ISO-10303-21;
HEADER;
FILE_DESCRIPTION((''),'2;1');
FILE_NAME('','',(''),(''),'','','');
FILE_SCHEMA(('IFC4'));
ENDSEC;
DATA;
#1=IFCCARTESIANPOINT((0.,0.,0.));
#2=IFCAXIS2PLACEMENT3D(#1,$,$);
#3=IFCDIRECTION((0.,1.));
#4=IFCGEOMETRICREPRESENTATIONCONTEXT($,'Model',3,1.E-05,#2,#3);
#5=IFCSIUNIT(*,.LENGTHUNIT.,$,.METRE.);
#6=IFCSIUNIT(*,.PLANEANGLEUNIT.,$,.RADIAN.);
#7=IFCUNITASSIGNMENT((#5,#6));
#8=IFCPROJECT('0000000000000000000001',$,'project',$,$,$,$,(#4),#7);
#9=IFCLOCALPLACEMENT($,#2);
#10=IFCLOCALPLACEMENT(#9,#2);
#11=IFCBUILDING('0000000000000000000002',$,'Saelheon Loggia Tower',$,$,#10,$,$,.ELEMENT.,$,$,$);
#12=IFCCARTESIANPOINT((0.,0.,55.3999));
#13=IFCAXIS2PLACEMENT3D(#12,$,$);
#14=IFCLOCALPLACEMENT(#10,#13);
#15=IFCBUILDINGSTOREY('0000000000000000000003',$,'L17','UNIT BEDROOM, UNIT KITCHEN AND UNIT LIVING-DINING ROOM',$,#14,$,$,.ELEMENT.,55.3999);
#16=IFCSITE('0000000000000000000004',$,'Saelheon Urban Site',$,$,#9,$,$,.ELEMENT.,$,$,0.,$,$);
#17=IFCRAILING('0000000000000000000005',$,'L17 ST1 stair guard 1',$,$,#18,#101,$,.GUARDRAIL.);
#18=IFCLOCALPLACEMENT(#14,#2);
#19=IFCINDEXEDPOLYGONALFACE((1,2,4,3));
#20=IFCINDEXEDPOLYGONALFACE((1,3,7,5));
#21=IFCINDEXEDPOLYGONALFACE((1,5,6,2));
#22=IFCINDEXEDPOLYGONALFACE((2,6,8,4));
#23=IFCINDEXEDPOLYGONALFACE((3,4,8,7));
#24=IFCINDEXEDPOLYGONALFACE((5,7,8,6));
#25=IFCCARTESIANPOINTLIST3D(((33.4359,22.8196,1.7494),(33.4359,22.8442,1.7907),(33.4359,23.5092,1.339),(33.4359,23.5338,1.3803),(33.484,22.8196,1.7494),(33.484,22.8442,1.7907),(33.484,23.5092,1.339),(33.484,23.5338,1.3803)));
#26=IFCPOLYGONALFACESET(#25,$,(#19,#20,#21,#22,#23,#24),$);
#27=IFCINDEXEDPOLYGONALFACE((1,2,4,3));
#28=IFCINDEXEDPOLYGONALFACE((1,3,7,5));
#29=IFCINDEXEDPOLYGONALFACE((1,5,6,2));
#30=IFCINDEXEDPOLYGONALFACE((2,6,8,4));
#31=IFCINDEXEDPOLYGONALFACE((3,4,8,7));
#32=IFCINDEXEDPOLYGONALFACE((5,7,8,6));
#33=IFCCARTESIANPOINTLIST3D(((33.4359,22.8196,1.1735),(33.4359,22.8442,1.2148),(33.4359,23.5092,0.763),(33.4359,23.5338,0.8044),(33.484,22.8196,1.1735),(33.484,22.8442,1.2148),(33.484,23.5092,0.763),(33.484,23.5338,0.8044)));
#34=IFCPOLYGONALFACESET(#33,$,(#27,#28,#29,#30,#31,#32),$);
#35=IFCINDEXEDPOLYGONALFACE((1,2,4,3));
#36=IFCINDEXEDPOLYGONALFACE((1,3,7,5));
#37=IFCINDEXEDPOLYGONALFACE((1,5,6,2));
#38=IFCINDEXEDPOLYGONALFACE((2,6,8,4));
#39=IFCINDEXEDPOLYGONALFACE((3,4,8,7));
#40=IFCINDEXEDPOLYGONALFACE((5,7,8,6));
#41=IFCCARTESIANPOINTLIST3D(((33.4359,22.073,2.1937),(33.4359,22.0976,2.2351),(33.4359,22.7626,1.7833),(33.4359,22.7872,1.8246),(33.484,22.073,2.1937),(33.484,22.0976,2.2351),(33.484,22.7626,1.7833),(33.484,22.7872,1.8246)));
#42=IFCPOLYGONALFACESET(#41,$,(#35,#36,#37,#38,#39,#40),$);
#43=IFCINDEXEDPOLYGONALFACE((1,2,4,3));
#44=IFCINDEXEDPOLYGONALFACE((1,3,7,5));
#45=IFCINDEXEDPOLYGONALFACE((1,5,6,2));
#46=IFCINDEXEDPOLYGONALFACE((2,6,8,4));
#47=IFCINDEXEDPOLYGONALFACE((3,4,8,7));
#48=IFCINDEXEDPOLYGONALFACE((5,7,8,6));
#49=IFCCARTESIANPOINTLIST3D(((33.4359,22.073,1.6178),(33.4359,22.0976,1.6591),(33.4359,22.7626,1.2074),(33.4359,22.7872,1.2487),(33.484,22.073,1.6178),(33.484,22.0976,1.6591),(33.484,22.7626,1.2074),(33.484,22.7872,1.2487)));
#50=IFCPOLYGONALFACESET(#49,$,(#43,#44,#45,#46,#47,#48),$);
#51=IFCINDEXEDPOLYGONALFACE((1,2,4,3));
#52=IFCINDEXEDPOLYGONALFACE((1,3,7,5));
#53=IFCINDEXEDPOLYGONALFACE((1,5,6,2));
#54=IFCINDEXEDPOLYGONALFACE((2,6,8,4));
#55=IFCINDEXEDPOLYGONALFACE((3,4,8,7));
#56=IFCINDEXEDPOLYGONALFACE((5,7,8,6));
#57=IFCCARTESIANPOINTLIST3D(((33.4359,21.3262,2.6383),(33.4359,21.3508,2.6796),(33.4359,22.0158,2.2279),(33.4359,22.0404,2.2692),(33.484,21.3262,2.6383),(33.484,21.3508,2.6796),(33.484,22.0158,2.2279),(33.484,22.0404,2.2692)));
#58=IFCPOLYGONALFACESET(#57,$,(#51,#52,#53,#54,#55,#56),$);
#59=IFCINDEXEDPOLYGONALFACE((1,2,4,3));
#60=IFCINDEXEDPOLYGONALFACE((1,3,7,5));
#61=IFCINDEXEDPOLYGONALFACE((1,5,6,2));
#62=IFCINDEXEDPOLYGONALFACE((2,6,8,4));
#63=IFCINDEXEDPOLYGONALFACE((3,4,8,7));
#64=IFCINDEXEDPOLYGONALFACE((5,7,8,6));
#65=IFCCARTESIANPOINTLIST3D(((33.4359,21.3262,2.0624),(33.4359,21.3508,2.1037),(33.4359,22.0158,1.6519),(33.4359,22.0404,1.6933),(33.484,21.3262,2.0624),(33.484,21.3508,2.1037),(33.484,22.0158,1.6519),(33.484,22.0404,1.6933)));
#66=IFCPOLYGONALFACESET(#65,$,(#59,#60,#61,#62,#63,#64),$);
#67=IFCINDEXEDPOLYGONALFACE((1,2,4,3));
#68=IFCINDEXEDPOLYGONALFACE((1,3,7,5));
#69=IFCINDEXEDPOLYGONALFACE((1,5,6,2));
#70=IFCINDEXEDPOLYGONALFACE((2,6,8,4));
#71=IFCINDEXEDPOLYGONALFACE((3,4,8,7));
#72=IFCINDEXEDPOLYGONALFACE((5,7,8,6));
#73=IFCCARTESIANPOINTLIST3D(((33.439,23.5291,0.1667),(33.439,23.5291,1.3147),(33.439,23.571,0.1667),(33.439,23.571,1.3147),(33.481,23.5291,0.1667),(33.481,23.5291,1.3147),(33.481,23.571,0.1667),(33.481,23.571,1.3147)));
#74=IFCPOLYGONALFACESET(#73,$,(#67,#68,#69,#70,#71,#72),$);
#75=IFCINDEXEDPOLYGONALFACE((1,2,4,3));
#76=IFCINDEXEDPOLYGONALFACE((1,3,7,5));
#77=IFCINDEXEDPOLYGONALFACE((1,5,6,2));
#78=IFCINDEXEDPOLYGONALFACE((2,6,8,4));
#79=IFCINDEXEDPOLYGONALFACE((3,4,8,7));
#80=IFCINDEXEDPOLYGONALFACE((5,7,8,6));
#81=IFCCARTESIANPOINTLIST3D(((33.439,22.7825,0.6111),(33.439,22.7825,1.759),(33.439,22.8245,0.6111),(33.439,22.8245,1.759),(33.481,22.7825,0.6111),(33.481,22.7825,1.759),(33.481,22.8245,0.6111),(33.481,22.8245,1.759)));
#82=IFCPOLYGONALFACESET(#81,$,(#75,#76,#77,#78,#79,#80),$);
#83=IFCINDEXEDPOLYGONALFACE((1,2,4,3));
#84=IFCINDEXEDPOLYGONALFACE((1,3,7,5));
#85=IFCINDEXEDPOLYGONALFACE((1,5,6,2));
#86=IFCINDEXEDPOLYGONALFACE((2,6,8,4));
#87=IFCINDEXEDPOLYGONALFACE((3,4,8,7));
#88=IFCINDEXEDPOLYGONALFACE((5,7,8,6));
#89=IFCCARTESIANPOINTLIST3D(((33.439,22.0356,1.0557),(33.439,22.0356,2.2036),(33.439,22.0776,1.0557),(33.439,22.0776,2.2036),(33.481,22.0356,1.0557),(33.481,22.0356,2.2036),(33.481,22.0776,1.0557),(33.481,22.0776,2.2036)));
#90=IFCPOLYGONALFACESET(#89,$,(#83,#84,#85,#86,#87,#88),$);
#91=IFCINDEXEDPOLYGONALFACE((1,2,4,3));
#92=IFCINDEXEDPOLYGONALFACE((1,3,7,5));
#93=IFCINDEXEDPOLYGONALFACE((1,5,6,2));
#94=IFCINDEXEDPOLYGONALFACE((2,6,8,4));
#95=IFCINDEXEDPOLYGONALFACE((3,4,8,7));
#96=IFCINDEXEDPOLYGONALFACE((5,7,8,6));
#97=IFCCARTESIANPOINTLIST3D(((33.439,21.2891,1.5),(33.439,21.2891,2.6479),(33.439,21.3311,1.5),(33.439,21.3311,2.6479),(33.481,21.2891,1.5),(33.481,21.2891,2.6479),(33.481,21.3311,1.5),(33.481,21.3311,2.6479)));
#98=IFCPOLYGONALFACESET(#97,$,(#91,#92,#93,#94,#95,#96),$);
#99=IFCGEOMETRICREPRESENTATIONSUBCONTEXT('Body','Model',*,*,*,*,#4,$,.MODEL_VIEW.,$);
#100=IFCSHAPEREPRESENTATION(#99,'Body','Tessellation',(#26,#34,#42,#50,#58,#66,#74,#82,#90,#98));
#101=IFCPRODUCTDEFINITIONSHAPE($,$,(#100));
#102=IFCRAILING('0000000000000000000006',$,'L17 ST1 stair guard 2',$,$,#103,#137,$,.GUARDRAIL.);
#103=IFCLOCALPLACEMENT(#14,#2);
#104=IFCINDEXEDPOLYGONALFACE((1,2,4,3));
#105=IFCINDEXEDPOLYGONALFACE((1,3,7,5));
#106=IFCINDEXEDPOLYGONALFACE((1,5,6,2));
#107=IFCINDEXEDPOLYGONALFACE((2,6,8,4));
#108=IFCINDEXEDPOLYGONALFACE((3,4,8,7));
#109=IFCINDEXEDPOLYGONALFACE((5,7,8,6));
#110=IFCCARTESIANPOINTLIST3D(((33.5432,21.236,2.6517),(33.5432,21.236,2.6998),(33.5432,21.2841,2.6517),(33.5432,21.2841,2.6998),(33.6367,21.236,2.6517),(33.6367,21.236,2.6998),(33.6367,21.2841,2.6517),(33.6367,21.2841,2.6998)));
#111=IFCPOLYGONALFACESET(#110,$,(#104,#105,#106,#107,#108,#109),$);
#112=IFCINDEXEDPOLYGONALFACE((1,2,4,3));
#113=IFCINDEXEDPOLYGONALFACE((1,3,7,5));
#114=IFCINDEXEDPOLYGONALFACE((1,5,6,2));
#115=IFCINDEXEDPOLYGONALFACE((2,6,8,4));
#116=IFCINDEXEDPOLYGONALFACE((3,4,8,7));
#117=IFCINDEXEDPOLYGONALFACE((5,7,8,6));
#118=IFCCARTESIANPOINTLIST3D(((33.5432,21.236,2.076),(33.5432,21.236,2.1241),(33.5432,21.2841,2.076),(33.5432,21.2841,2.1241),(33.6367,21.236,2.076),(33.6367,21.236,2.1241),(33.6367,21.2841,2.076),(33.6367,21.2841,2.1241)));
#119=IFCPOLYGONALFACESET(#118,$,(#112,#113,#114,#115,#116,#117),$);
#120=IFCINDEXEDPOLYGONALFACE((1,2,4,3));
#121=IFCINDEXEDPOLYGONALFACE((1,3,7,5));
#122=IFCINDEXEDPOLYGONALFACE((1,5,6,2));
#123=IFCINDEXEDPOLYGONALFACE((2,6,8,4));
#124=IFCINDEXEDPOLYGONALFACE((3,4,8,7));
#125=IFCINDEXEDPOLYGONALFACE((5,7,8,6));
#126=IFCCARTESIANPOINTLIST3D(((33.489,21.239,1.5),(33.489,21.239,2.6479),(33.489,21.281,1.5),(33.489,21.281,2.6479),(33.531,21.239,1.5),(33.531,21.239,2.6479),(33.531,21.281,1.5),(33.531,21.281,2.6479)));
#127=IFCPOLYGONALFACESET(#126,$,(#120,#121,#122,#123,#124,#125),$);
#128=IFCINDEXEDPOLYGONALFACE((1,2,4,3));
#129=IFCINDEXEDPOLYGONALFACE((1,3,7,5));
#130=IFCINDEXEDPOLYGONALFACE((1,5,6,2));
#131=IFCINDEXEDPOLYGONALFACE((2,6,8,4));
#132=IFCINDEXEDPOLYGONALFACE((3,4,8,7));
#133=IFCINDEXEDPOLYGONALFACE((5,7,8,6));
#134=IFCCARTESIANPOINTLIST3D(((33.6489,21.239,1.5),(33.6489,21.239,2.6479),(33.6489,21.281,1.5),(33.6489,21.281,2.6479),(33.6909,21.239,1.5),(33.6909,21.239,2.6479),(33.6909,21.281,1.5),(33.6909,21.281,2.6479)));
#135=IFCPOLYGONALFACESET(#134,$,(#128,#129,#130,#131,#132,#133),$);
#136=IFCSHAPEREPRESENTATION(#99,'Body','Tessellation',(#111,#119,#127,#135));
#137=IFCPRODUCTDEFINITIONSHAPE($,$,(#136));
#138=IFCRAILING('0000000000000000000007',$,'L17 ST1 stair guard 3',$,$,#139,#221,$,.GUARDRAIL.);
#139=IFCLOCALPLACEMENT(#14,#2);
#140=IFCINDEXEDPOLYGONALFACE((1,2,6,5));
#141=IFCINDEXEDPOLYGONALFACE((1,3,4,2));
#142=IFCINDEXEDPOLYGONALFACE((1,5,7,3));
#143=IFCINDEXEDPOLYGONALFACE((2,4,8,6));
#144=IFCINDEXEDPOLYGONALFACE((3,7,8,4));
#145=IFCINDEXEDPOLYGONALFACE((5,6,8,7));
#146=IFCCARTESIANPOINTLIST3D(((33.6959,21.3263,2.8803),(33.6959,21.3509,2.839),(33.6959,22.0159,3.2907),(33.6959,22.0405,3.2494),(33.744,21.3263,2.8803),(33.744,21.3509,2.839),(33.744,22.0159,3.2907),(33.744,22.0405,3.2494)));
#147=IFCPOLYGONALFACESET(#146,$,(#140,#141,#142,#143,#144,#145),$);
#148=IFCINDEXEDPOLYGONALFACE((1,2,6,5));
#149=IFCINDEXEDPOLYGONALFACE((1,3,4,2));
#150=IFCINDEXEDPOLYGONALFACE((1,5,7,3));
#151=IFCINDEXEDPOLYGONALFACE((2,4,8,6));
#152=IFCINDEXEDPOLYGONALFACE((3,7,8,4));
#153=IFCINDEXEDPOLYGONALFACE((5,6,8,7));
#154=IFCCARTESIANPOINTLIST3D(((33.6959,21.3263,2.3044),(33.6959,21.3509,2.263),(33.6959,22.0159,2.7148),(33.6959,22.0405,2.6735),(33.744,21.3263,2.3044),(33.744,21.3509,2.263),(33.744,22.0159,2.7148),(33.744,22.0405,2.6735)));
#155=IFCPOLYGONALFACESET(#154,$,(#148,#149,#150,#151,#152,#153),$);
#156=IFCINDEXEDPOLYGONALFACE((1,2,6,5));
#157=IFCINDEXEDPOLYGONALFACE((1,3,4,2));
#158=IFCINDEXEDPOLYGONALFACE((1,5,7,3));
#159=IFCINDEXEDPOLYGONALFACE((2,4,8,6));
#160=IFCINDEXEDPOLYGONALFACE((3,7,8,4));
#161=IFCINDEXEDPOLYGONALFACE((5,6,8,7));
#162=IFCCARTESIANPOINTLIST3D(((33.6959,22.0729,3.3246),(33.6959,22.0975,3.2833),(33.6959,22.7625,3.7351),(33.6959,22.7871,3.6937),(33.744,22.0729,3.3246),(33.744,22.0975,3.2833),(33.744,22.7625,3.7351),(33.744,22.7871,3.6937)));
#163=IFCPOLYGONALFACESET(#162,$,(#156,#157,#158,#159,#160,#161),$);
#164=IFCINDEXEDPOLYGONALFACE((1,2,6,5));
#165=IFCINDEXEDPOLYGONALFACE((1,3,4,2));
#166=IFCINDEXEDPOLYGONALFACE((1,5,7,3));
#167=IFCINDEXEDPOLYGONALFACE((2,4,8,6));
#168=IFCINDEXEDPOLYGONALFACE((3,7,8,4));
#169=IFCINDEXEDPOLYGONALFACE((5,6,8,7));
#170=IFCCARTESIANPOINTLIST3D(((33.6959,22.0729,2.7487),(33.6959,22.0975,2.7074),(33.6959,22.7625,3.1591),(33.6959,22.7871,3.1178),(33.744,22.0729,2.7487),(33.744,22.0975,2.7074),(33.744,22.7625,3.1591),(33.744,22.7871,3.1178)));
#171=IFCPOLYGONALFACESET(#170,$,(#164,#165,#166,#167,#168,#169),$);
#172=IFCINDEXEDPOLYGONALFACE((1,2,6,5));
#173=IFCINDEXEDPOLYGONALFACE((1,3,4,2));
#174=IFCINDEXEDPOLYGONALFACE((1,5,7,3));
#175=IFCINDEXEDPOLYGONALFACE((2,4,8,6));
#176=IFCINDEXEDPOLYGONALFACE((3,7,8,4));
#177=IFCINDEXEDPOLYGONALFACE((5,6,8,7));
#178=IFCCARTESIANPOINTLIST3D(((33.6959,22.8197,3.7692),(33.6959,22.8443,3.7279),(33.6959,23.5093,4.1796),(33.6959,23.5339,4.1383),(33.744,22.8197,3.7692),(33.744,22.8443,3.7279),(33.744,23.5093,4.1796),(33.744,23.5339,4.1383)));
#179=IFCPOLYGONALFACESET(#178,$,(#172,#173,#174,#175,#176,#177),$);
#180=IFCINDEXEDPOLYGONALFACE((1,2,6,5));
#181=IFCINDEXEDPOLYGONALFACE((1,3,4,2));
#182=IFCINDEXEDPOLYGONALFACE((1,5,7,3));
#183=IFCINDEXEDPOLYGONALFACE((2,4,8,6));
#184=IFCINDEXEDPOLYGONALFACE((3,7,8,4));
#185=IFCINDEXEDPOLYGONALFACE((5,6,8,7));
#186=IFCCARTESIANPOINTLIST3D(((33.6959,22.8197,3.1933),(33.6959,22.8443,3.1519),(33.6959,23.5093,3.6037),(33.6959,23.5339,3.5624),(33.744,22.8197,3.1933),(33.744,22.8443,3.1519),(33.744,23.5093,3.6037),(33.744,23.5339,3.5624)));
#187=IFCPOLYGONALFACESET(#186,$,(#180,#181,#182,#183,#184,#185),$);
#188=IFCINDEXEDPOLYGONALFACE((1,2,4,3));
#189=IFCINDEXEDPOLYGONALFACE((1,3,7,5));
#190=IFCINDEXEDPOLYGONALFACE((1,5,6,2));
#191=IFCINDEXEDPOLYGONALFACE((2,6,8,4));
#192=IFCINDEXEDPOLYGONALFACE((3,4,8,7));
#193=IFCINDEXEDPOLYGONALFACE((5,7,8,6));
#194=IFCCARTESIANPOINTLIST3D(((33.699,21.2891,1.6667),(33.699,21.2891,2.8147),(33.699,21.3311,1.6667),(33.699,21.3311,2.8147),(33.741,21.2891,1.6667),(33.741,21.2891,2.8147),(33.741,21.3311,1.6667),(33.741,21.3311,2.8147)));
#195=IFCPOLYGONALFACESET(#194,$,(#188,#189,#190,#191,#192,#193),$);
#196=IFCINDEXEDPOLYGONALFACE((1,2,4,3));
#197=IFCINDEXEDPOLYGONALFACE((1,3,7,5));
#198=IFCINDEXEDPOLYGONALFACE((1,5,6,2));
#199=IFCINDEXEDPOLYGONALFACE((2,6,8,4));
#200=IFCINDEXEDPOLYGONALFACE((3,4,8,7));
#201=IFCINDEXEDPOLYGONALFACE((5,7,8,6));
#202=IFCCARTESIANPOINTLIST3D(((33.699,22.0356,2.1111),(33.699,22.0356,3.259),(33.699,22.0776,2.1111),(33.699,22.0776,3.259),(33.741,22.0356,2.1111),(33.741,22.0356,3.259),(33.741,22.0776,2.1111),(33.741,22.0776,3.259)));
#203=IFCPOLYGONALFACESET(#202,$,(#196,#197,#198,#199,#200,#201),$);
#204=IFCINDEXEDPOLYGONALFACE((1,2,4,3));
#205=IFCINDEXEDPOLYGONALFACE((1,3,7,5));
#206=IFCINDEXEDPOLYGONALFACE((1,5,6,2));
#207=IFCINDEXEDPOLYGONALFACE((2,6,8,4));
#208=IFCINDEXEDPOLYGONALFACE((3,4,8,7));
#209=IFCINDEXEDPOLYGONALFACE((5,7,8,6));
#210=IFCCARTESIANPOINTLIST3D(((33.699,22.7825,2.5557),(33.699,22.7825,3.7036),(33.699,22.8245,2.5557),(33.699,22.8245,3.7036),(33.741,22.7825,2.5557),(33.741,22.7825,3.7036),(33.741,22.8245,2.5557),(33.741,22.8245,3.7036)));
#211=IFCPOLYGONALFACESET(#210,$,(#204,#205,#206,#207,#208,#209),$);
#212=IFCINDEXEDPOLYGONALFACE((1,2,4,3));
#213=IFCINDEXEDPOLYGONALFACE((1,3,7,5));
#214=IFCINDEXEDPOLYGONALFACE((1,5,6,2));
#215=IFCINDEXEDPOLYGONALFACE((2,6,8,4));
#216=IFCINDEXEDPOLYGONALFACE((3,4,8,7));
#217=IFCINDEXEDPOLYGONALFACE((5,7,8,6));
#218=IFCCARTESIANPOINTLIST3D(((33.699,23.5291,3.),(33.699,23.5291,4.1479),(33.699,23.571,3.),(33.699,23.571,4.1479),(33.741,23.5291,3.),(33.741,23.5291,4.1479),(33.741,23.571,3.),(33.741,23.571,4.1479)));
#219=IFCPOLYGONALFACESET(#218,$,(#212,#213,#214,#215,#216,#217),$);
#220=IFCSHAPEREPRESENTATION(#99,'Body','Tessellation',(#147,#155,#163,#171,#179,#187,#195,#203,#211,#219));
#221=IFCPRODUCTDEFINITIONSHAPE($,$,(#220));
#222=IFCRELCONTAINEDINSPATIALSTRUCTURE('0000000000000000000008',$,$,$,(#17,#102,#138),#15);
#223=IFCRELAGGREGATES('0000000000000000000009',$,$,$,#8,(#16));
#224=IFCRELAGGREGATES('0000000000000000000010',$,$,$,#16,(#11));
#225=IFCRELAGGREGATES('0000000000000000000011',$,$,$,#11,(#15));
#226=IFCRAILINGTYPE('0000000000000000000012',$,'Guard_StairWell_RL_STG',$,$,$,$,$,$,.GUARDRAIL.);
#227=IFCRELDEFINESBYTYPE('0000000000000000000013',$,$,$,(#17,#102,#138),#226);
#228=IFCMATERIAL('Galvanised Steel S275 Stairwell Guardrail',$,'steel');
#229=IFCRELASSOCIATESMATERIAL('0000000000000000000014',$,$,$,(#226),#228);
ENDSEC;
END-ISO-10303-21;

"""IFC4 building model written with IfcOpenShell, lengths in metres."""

from ifc_helpers import new_model, si_unit, direction, frame, origin, origin_2d, place, context, subcontext, project, spatial, rectangle, extrude, material, type_object, element, save


model = new_model("IFC4")

# Units and contexts
model_context = context("Model", 3, precision=1e-05, world=origin(), true_north=direction((0.0, 1.0)))
body_context = subcontext(model_context, "Body", "Model", "MODEL_VIEW")
ifc_project = project(units=[si_unit("LENGTHUNIT", "METRE"), si_unit("PLANEANGLEUNIT", "RADIAN")], contexts=[model_context])

# Site, building, storey
site_placement = place(None, origin())
site = spatial("IfcSite", under=ifc_project, at=site_placement, Name="Saelheon Urban Site", CompositionType="ELEMENT", RefElevation=0.0)
building_placement = place(site_placement, origin())
building = spatial("IfcBuilding", under=site, at=building_placement, Name="Saelheon Loggia Tower", CompositionType="ELEMENT")
storey_placement = place(building_placement, frame((0.0, 0.0, 55.3999)))
storey = spatial("IfcBuildingStorey", under=building, at=storey_placement, Name="L17", Description="UNIT BEDROOM, UNIT KITCHEN AND UNIT LIVING-DINING ROOM", CompositionType="ELEMENT", Elevation=55.3999)

# Railings
ifc_material_1 = material(Name="Galvanised Steel S275 Stairwell Guardrail", Category="steel")
railing_type_1 = type_object("IfcRailingType", Name="Guard_StairWell_RL_STG", PredefinedType="GUARDRAIL", material=ifc_material_1)
railing_1_placement = place(storey_placement, frame((33.46, 23.55, 0.1667)))
element("IfcRailing", 1, at=railing_1_placement, inside=storey, type_object=railing_type_1, Name="L17 ST1 stair guard 1", PredefinedType="GUARDRAIL", context=body_context, shape_type="SweptSolid", body=[
    extrude(rectangle(XDim=0.0481, YDim=0.0481, at=origin_2d()), frame((0.0, -0.0286, 1.1929), z_axis=(0.0, -0.859306, 0.511462), x_axis=(1.0, 0.0, 0.0)), (0.0, 0.0, 1.0), 0.8025),
    extrude(rectangle(XDim=0.0481, YDim=0.0481, at=origin_2d()), frame((0.0, -0.0286, 0.6169), z_axis=(0.0, -0.859306, 0.511462), x_axis=(1.0, 0.0, 0.0)), (0.0, 0.0, 1.0), 0.8025),
    extrude(rectangle(XDim=0.0481, YDim=0.0481, at=origin_2d()), frame((0.0, -0.7751, 1.6372), z_axis=(0.0, -0.859306, 0.511462), x_axis=(1.0, 0.0, 0.0)), (0.0, 0.0, 1.0), 0.8025),
    extrude(rectangle(XDim=0.0481, YDim=0.0481, at=origin_2d()), frame((0.0, -0.7751, 1.0613), z_axis=(0.0, -0.859306, 0.511462), x_axis=(1.0, 0.0, 0.0)), (0.0, 0.0, 1.0), 0.8025),
    extrude(rectangle(XDim=0.0481, YDim=0.0481, at=origin_2d()), frame((0.0, -1.522, 2.0818), z_axis=(0.0, -0.859306, 0.511462), x_axis=(1.0, 0.0, 0.0)), (0.0, 0.0, 1.0), 0.8025),
    extrude(rectangle(XDim=0.0481, YDim=0.0481, at=origin_2d()), frame((0.0, -1.522, 1.5059), z_axis=(0.0, -0.859306, 0.511462), x_axis=(1.0, 0.0, 0.0)), (0.0, 0.0, 1.0), 0.8025),
    extrude(rectangle(XDim=0.042, YDim=0.042, at=origin_2d()), origin(), (0.0, 0.0, 1.0), 1.1479),
    extrude(rectangle(XDim=0.042, YDim=0.042, at=origin_2d()), frame((0.0, -0.7466, 0.4443)), (0.0, 0.0, 1.0), 1.1479),
    extrude(rectangle(XDim=0.042, YDim=0.042, at=origin_2d()), frame((0.0, -1.4934, 0.8889)), (0.0, 0.0, 1.0), 1.1479),
    extrude(rectangle(XDim=0.042, YDim=0.042, at=origin_2d()), frame((0.0, -2.24, 1.3333)), (0.0, 0.0, 1.0), 1.1479),
])
railing_2_placement = place(storey_placement, frame((33.51, 21.26, 1.5)))
element("IfcRailing", 2, at=railing_2_placement, inside=storey, type_object=railing_type_1, Name="L17 ST1 stair guard 2", PredefinedType="GUARDRAIL", context=body_context, shape_type="SweptSolid", body=[
    extrude(rectangle(XDim=0.0481, YDim=0.0481, at=origin_2d()), frame((0.0332, 0.0, 1.1758), z_axis=(1.0, 0.0, 0.0), x_axis=(0.0, 1.0, 0.0)), (0.0, 0.0, 1.0), 0.0935),
    extrude(rectangle(XDim=0.0481, YDim=0.0481, at=origin_2d()), frame((0.0332, 0.0, 0.6001), z_axis=(1.0, 0.0, 0.0), x_axis=(0.0, 1.0, 0.0)), (0.0, 0.0, 1.0), 0.0935),
    extrude(rectangle(XDim=0.042, YDim=0.042, at=origin_2d()), origin(), (0.0, 0.0, 1.0), 1.1479),
    extrude(rectangle(XDim=0.042, YDim=0.042, at=origin_2d()), frame((0.1599, 0.0, 0.0)), (0.0, 0.0, 1.0), 1.1479),
])
railing_3_placement = place(storey_placement, frame((33.72, 21.3101, 1.6667)))
element("IfcRailing", 3, at=railing_3_placement, inside=storey, type_object=railing_type_1, Name="L17 ST1 stair guard 3", PredefinedType="GUARDRAIL", context=body_context, shape_type="SweptSolid", body=[
    extrude(rectangle(XDim=0.0481, YDim=0.0481, at=origin_2d()), frame((0.0, 0.0286, 1.1929), z_axis=(0.0, 0.859306, 0.511462), x_axis=(-1.0, 0.0, 0.0)), (0.0, 0.0, 1.0), 0.8025),
    extrude(rectangle(XDim=0.0481, YDim=0.0481, at=origin_2d()), frame((0.0, 0.0286, 0.6169), z_axis=(0.0, 0.859306, 0.511462), x_axis=(-1.0, 0.0, 0.0)), (0.0, 0.0, 1.0), 0.8025),
    extrude(rectangle(XDim=0.0481, YDim=0.0481, at=origin_2d()), frame((0.0, 0.7751, 1.6372), z_axis=(0.0, 0.859306, 0.511462), x_axis=(-1.0, 0.0, 0.0)), (0.0, 0.0, 1.0), 0.8025),
    extrude(rectangle(XDim=0.0481, YDim=0.0481, at=origin_2d()), frame((0.0, 0.7751, 1.0613), z_axis=(0.0, 0.859306, 0.511462), x_axis=(-1.0, 0.0, 0.0)), (0.0, 0.0, 1.0), 0.8025),
    extrude(rectangle(XDim=0.0481, YDim=0.0481, at=origin_2d()), frame((0.0, 1.522, 2.0818), z_axis=(0.0, 0.859306, 0.511462), x_axis=(-1.0, 0.0, 0.0)), (0.0, 0.0, 1.0), 0.8025),
    extrude(rectangle(XDim=0.0481, YDim=0.0481, at=origin_2d()), frame((0.0, 1.522, 1.5059), z_axis=(0.0, 0.859306, 0.511462), x_axis=(-1.0, 0.0, 0.0)), (0.0, 0.0, 1.0), 0.8025),
    extrude(rectangle(XDim=0.042, YDim=0.042, at=origin_2d()), origin(), (0.0, 0.0, 1.0), 1.1479),
    extrude(rectangle(XDim=0.042, YDim=0.042, at=origin_2d()), frame((0.0, 0.7466, 0.4443)), (0.0, 0.0, 1.0), 1.1479),
    extrude(rectangle(XDim=0.042, YDim=0.042, at=origin_2d()), frame((0.0, 1.4934, 0.8889)), (0.0, 0.0, 1.0), 1.1479),
    extrude(rectangle(XDim=0.042, YDim=0.042, at=origin_2d()), frame((0.0, 2.24, 1.3333)), (0.0, 0.0, 1.0), 1.1479),
])

save(model, "model.ifc")
